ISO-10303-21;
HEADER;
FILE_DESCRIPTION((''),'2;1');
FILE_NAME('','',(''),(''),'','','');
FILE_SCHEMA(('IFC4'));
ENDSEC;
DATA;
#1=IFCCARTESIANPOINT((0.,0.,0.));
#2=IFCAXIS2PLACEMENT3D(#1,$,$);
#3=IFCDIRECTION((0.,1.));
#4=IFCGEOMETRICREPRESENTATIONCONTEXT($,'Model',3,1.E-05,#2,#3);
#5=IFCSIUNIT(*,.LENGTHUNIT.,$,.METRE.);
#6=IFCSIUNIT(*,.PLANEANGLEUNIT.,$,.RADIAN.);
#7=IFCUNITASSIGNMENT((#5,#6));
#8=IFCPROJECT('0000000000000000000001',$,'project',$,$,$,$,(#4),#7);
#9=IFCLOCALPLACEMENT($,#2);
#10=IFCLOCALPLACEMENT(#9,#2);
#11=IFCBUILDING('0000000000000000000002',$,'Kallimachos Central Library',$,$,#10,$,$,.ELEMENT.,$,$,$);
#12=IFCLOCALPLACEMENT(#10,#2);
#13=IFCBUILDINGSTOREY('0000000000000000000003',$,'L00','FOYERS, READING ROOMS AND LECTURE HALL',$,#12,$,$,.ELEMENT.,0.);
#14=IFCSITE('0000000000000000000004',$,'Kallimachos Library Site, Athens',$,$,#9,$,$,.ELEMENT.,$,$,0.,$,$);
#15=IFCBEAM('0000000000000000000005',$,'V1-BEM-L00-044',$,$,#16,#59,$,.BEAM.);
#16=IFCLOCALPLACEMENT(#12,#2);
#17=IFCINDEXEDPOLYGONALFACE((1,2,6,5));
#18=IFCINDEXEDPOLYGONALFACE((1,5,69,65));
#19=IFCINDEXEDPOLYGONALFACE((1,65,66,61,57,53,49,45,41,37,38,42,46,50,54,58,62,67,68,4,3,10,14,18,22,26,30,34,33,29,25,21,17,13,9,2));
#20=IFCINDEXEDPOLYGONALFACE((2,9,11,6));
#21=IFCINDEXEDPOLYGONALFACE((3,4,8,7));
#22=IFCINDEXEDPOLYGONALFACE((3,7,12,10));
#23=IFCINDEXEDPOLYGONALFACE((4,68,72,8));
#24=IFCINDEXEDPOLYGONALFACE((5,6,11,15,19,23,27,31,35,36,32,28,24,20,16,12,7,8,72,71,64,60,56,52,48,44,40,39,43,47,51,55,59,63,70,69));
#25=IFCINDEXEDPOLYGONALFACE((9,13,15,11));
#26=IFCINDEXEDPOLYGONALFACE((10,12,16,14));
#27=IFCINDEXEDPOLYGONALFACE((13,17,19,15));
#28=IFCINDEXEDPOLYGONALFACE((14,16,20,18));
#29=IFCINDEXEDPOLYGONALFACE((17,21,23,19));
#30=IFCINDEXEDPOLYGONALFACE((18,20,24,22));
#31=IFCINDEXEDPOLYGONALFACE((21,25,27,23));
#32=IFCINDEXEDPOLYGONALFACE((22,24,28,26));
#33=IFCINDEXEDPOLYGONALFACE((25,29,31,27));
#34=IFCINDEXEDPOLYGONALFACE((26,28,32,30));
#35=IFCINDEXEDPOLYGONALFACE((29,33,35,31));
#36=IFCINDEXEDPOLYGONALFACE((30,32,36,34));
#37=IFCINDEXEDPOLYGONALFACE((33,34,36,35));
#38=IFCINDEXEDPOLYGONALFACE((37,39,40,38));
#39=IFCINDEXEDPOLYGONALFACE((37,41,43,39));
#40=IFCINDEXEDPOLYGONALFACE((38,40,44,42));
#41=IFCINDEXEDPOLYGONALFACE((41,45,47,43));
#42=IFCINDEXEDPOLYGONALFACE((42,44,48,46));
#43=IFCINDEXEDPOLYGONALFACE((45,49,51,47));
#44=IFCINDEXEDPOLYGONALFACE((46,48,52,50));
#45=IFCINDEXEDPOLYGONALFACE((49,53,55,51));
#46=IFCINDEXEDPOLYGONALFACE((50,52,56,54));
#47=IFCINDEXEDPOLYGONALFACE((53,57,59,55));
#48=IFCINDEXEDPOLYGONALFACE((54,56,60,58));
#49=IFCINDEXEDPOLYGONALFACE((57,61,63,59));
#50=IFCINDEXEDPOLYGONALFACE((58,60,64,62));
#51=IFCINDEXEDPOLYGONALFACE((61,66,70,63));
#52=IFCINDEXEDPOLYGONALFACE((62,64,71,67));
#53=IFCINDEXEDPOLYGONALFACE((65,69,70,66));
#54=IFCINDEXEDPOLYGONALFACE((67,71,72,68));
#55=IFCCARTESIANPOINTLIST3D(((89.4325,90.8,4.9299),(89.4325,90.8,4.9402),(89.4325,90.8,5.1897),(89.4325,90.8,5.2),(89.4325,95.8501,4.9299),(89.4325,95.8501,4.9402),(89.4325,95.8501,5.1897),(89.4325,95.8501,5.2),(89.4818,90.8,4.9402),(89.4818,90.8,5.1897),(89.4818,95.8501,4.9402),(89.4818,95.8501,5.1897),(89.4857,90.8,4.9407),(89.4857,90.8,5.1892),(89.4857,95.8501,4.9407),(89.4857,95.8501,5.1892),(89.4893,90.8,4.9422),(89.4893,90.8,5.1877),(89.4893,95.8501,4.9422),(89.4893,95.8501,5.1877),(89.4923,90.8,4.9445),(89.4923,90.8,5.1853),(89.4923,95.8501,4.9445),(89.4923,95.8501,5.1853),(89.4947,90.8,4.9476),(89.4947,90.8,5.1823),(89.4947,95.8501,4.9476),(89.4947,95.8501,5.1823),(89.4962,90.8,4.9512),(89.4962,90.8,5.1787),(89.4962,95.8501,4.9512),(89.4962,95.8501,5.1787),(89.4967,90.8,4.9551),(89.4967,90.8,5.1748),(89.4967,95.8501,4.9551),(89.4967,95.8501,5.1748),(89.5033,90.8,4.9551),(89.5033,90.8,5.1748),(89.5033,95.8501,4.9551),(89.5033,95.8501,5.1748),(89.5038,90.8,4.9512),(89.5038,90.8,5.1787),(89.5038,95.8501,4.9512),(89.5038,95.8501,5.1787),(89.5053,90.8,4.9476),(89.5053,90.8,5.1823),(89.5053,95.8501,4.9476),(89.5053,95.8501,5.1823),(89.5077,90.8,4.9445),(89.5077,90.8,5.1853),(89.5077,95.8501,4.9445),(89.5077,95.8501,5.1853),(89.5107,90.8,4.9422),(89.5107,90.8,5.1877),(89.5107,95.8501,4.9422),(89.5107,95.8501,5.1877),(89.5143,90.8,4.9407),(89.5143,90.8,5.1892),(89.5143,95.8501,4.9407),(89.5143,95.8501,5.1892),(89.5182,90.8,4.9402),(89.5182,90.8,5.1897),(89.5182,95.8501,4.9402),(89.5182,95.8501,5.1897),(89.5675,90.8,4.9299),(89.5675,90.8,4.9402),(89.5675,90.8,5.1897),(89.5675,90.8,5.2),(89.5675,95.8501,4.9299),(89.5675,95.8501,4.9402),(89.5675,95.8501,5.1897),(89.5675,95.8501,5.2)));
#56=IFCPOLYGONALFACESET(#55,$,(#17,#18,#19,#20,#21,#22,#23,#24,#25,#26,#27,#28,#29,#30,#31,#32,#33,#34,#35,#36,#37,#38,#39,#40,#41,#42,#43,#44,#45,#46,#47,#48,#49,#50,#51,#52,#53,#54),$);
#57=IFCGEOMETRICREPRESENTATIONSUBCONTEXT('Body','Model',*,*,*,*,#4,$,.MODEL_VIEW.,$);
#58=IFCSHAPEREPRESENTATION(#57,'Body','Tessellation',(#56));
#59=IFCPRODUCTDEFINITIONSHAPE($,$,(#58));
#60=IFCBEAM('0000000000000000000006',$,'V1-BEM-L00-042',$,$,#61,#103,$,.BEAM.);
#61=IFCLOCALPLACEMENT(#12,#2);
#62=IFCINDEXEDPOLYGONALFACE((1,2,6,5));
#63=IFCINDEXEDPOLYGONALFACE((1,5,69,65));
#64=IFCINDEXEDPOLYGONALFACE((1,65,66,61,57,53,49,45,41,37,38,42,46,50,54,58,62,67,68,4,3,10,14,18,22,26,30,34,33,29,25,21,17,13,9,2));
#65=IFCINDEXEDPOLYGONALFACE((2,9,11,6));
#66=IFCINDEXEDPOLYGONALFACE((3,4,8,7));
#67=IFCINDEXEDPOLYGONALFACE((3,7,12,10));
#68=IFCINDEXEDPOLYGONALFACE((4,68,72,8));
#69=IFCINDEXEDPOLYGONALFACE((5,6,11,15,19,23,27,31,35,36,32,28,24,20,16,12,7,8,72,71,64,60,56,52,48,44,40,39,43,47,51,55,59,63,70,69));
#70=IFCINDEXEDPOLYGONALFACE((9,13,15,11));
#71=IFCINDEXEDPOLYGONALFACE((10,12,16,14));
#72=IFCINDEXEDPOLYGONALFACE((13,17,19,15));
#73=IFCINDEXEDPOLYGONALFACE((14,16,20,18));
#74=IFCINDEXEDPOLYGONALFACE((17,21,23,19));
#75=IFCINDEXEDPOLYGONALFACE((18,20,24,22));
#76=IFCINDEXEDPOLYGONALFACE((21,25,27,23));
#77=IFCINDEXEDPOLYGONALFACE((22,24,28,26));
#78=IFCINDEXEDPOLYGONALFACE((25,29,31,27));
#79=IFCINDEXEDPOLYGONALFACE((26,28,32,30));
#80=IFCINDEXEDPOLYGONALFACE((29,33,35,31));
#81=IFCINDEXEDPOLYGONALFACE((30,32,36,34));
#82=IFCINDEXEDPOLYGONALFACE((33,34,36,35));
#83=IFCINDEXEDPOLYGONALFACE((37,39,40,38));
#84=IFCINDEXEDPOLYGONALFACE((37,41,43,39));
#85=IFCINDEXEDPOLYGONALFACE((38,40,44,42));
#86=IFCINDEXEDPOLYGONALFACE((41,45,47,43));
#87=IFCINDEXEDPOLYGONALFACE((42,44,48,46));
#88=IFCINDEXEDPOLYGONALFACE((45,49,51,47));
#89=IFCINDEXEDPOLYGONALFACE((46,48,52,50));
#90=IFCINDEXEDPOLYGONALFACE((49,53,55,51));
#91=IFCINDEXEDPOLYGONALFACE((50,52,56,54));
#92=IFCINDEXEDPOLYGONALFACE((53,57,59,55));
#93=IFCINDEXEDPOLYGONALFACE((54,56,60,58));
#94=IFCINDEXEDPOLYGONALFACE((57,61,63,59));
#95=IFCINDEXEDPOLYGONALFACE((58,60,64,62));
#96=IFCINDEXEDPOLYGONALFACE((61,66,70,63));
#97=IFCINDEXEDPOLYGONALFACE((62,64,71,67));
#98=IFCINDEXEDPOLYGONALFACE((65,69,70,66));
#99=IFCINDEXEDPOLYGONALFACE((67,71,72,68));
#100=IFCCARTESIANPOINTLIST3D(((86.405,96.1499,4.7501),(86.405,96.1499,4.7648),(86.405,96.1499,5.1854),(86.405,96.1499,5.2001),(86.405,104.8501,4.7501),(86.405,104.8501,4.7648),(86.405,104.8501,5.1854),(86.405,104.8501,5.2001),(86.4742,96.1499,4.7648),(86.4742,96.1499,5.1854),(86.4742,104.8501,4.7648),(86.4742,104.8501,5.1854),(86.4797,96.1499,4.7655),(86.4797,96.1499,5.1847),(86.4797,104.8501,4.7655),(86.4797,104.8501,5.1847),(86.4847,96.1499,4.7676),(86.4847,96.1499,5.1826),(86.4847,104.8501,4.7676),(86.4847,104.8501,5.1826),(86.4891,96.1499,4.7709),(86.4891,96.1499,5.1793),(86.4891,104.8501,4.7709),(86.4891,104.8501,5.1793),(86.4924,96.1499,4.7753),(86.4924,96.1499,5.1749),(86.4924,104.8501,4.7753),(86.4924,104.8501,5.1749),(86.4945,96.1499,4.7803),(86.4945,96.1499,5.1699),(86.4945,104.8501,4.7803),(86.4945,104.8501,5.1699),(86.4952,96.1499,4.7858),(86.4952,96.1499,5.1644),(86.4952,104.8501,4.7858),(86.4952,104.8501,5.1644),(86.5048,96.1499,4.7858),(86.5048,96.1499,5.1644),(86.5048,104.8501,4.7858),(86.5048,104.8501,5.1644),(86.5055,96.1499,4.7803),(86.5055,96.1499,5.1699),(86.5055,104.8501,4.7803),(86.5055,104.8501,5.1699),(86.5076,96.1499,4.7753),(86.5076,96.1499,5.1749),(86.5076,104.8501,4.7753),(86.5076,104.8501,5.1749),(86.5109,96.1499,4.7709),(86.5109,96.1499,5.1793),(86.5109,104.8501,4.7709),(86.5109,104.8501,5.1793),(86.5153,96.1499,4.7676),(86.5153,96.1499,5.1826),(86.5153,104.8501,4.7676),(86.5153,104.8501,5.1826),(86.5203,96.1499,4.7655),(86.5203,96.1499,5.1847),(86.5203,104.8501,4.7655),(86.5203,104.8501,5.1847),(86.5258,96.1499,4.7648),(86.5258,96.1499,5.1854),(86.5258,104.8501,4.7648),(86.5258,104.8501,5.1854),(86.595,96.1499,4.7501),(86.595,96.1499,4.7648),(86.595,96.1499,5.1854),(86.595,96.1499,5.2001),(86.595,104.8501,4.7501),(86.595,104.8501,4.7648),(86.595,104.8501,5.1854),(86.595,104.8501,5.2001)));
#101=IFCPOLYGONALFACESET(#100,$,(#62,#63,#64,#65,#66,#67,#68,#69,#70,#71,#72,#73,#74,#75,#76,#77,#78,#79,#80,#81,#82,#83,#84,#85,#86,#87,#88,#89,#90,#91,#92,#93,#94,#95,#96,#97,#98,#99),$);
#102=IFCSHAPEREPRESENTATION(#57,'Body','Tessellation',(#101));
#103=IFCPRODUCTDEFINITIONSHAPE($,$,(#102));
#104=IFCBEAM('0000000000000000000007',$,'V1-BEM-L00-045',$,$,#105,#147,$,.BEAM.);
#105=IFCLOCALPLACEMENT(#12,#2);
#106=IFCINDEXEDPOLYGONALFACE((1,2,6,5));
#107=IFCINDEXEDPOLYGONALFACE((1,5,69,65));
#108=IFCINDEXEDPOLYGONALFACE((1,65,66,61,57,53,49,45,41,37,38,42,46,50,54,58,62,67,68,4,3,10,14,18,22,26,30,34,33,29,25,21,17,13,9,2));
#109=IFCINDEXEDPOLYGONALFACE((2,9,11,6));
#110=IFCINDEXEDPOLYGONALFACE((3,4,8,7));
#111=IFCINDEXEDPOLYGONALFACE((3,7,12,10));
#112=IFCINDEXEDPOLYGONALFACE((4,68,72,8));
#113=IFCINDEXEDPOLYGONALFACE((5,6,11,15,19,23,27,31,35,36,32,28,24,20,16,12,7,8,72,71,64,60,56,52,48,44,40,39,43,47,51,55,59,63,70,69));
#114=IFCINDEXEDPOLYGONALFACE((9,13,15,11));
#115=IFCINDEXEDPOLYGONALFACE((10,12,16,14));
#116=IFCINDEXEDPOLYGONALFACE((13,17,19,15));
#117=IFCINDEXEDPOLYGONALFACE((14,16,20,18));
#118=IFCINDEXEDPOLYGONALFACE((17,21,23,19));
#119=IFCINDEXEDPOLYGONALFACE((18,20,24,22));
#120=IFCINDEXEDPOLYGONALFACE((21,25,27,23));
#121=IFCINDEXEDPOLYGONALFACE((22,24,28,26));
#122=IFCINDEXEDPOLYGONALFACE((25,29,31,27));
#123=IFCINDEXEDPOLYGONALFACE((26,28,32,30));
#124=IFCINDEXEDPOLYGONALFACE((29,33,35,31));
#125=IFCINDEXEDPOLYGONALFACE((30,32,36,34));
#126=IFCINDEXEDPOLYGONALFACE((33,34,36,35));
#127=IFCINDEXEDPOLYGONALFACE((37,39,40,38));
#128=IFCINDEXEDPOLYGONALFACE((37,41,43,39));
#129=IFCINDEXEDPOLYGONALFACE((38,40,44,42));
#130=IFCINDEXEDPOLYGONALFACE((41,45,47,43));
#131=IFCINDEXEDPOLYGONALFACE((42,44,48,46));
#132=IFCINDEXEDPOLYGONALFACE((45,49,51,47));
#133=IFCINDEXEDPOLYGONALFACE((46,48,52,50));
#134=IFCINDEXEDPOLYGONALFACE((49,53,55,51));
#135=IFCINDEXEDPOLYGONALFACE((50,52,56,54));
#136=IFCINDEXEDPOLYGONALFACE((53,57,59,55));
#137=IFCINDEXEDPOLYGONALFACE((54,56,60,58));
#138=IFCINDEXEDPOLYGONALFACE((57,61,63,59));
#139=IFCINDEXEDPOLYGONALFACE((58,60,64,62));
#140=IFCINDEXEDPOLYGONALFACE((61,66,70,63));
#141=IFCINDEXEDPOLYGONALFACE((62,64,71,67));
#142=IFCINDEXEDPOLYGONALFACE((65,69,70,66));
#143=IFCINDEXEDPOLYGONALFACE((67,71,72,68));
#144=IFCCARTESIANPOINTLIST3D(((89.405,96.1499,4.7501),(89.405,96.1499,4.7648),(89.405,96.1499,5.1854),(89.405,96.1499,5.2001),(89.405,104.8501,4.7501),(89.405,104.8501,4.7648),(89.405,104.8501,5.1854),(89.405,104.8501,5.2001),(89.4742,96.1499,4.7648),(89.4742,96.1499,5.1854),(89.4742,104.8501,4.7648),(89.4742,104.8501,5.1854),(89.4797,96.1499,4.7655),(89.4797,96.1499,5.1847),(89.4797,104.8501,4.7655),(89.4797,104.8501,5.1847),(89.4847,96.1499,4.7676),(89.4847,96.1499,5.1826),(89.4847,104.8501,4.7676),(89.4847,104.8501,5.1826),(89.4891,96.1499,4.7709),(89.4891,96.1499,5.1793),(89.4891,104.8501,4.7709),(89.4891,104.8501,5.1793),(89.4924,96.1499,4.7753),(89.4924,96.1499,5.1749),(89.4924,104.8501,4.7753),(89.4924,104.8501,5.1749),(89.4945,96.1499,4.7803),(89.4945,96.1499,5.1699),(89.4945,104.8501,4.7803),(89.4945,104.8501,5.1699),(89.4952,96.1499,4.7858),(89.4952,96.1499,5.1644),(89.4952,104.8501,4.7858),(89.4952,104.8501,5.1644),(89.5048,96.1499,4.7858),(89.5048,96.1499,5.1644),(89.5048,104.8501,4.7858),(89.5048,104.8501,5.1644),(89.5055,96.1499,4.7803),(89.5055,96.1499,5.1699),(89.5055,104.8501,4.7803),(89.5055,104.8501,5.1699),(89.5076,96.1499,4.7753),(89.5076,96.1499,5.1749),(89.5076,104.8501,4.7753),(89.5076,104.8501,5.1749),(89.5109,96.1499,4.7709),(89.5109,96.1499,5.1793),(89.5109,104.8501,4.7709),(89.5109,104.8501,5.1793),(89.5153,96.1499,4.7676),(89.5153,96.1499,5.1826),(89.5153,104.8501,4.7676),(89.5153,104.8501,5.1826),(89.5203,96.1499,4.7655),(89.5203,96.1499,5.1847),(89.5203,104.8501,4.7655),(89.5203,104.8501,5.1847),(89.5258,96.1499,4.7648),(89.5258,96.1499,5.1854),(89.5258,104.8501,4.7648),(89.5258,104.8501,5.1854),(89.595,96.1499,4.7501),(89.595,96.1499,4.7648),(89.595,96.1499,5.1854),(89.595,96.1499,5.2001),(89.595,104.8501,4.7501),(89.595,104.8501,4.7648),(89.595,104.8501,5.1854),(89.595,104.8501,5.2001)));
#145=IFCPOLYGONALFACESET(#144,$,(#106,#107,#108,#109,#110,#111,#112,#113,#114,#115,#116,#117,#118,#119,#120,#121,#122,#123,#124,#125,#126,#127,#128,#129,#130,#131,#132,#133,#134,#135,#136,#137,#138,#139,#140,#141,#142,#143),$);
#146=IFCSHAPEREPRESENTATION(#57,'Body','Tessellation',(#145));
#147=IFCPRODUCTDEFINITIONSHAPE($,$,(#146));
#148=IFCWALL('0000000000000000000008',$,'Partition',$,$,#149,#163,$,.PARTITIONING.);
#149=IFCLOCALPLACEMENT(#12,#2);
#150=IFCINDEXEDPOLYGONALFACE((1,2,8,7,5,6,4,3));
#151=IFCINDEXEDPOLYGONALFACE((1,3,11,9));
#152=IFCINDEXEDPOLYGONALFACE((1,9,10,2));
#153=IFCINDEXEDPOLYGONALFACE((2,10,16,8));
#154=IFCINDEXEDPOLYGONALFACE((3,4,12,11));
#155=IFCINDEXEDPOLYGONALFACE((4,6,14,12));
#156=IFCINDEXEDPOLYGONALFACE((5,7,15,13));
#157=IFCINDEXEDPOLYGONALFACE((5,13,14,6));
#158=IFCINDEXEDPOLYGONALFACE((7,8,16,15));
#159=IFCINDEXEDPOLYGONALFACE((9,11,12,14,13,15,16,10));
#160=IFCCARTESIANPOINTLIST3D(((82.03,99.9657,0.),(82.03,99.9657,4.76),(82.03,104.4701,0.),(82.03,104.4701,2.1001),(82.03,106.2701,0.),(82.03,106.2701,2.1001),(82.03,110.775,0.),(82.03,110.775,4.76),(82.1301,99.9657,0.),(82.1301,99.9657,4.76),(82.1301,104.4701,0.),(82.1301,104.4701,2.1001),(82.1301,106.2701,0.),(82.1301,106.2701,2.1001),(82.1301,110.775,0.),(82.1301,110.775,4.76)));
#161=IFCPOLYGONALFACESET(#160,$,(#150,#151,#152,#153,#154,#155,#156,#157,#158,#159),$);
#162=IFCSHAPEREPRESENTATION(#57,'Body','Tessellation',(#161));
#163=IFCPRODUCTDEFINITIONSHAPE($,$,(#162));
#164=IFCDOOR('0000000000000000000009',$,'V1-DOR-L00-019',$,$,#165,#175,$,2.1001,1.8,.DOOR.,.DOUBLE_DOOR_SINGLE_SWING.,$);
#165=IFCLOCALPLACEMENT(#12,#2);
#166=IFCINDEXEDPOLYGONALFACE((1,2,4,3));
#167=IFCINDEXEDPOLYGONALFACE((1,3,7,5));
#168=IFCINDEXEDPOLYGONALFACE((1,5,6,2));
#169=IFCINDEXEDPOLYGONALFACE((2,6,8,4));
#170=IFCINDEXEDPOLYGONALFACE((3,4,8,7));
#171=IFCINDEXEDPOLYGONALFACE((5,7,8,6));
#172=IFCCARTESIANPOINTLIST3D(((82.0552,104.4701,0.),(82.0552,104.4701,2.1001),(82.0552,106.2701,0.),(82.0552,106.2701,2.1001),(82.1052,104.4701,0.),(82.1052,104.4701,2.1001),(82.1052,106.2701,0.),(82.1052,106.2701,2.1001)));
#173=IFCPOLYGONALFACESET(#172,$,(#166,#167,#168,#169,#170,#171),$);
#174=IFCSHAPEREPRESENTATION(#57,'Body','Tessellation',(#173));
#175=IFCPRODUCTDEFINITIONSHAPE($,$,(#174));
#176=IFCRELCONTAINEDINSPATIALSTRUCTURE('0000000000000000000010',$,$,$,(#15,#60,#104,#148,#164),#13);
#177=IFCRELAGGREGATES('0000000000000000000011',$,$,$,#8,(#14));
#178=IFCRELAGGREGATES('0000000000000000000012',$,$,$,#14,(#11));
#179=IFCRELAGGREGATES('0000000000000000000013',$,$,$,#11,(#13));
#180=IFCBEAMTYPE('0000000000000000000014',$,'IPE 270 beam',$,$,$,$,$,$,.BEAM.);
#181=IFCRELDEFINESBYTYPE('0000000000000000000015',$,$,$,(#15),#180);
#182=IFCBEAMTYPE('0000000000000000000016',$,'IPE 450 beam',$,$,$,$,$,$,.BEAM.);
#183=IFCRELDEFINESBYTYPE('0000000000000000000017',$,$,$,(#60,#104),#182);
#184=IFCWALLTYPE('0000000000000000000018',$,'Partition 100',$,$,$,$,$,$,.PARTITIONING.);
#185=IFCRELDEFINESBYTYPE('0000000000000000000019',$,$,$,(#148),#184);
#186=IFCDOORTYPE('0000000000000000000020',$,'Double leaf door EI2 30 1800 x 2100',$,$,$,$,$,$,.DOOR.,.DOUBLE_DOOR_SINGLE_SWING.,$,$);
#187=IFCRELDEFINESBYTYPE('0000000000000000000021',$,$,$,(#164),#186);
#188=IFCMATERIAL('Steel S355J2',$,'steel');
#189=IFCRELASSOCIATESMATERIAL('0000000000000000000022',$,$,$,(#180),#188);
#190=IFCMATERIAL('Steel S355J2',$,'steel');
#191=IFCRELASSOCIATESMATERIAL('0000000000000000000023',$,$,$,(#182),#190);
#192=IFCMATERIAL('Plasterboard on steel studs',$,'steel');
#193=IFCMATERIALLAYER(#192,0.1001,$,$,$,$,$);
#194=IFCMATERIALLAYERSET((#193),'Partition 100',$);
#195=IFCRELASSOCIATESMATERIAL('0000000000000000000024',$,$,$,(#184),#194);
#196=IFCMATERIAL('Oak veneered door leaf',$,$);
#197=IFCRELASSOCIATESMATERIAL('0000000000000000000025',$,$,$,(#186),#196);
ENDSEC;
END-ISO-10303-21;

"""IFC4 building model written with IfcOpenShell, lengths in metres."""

from ifc_helpers import new_model, si_unit, direction, frame, frame_2d, origin, origin_2d, place, context, subcontext, project, spatial, rectangle, i_section, extrude, material, layer, layer_set, material_profile, profile_set, type_object, element, fill, save


model = new_model("IFC4")

# Units and contexts
model_context = context("Model", 3, precision=1e-05, world=origin(), true_north=direction((0.0, 1.0)))
body_context = subcontext(model_context, "Body", "Model", "MODEL_VIEW")
ifc_project = project(units=[si_unit("LENGTHUNIT", "METRE"), si_unit("PLANEANGLEUNIT", "RADIAN")], contexts=[model_context])

# Site, building, storey
site_placement = place(None, origin())
site = spatial("IfcSite", under=ifc_project, at=site_placement, Name="Kallimachos Library Site, Athens", CompositionType="ELEMENT", RefElevation=0.0)
building_placement = place(site_placement, origin())
building = spatial("IfcBuilding", under=site, at=building_placement, Name="Kallimachos Central Library", CompositionType="ELEMENT")
storey_placement = place(building_placement, origin())
storey = spatial("IfcBuildingStorey", under=building, at=storey_placement, Name="L00", Description="FOYERS, READING ROOMS AND LECTURE HALL", CompositionType="ELEMENT", Elevation=0.0)

# Beams
ifc_material_1 = material(Name="Steel S355J2", Category="steel")
ifc_material_profile_1 = material_profile(ifc_material_1, i_section(OverallWidth=0.135, OverallDepth=0.27, WebThickness=0.0066, FlangeThickness=0.0103, FilletRadius=0.0149, at=origin_2d()), Name="IPE 270")
ifc_profile_set_1 = profile_set([ifc_material_profile_1], Name="Steel S355J2")
beam_type_1 = type_object("IfcBeamType", Name="IPE 270 beam", PredefinedType="BEAM", material=ifc_profile_set_1)
for number, where, z_axis, x_axis, name in (
    (1, (89.5, 90.8, 5.0649), (0.0, 1.0, 0.0), (-1.0, 0.0, 0.0), "V1-BEM-L00-044"),
):
    element("IfcBeam", number, at=place(storey_placement, frame(where, z_axis=z_axis, x_axis=x_axis)), inside=storey, type_object=beam_type_1, Name=name, PredefinedType="BEAM", context=body_context, shape_type="SweptSolid", body=[
        extrude(i_section(OverallWidth=0.135, OverallDepth=0.27, WebThickness=0.0066, FlangeThickness=0.0103, FilletRadius=0.0149, at=origin_2d()), origin(), (0.0, 0.0, 1.0), 5.05),
    ])
ifc_material_2 = material(Name="Steel S355J2", Category="steel")
ifc_material_profile_2 = material_profile(ifc_material_2, i_section(OverallWidth=0.1899, OverallDepth=0.45, WebThickness=0.0095, FlangeThickness=0.0146, FilletRadius=0.021, at=origin_2d()), Name="IPE 450")
ifc_profile_set_2 = profile_set([ifc_material_profile_2], Name="Steel S355J2")
beam_type_2 = type_object("IfcBeamType", Name="IPE 450 beam", PredefinedType="BEAM", material=ifc_profile_set_2)
for number, where, z_axis, x_axis, name in (
    (2, (86.5, 96.1499, 4.9751), (0.0, 1.0, 0.0), (-1.0, 0.0, 0.0), "V1-BEM-L00-042"),
    (3, (89.5, 96.1499, 4.9751), (0.0, 1.0, 0.0), (-1.0, 0.0, 0.0), "V1-BEM-L00-045"),
):
    element("IfcBeam", number, at=place(storey_placement, frame(where, z_axis=z_axis, x_axis=x_axis)), inside=storey, type_object=beam_type_2, Name=name, PredefinedType="BEAM", context=body_context, shape_type="SweptSolid", body=[
        extrude(i_section(OverallWidth=0.1899, OverallDepth=0.45, WebThickness=0.0095, FlangeThickness=0.0146, FilletRadius=0.021, at=origin_2d()), origin(), (0.0, 0.0, 1.0), 8.7002),
    ])

# Wall, opening, door
ifc_material_3 = material(Name="Plasterboard on steel studs", Category="steel")
ifc_layer = layer(ifc_material_3, 0.1001)
ifc_layer_set = layer_set([ifc_layer], Name="Partition 100")
wall_type = type_object("IfcWallType", Name="Partition 100", PredefinedType="PARTITIONING", material=ifc_layer_set)
wall_1_placement = place(storey_placement, frame((82.0801, 99.9656, 0.0), z_axis=(0.0, 0.0, 1.0), x_axis=(0.0, 1.0, 0.0)))
wall_1 = element("IfcWall", 4, at=wall_1_placement, inside=storey, type_object=wall_type, Name="Partition", PredefinedType="PARTITIONING", context=body_context, shape_type="SweptSolid", body=[
    extrude(rectangle(XDim=10.8093, YDim=0.1001, at=frame_2d((5.4048, 0.0))), origin(), (0.0, 0.0, 1.0), 4.76),
])
opening_1_placement = place(wall_1_placement, frame((4.5046, 0.0, 0.0)))
opening_1 = element("IfcOpeningElement", 5, at=opening_1_placement, cuts=wall_1, PredefinedType="OPENING", context=body_context, shape_type="SweptSolid", body=[
    extrude(rectangle(XDim=1.8, YDim=2.1001, at=frame_2d((0.8999, 1.05))), frame((0.0, 0.0601, 0.0), z_axis=(0.0, -1.0, 0.0), x_axis=(1.0, 0.0, 0.0)), (0.0, 0.0, 1.0), 0.1201),
])
ifc_material_4 = material(Name="Oak veneered door leaf")
door_type_1 = type_object("IfcDoorType", Name="Double leaf door EI2 30 1800 x 2100", OperationType="DOUBLE_DOOR_SINGLE_SWING", PredefinedType="DOOR", material=ifc_material_4)
door_1_placement = place(opening_1_placement, origin())
door_1 = element("IfcDoor", 6, at=door_1_placement, inside=storey, type_object=door_type_1, Name="V1-DOR-L00-019", OperationType="DOUBLE_DOOR_SINGLE_SWING", OverallHeight=2.1001, OverallWidth=1.8, PredefinedType="DOOR", context=body_context, shape_type="SweptSolid", body=[
    extrude(rectangle(XDim=1.8, YDim=2.1001, at=frame_2d((0.8999, 1.05))), frame((0.0, 0.0249, 0.0), z_axis=(0.0, -1.0, 0.0), x_axis=(1.0, 0.0, 0.0)), (0.0, 0.0, 1.0), 0.05),
])
fill(opening_1, door_1)

save(model, "model.ifc")
